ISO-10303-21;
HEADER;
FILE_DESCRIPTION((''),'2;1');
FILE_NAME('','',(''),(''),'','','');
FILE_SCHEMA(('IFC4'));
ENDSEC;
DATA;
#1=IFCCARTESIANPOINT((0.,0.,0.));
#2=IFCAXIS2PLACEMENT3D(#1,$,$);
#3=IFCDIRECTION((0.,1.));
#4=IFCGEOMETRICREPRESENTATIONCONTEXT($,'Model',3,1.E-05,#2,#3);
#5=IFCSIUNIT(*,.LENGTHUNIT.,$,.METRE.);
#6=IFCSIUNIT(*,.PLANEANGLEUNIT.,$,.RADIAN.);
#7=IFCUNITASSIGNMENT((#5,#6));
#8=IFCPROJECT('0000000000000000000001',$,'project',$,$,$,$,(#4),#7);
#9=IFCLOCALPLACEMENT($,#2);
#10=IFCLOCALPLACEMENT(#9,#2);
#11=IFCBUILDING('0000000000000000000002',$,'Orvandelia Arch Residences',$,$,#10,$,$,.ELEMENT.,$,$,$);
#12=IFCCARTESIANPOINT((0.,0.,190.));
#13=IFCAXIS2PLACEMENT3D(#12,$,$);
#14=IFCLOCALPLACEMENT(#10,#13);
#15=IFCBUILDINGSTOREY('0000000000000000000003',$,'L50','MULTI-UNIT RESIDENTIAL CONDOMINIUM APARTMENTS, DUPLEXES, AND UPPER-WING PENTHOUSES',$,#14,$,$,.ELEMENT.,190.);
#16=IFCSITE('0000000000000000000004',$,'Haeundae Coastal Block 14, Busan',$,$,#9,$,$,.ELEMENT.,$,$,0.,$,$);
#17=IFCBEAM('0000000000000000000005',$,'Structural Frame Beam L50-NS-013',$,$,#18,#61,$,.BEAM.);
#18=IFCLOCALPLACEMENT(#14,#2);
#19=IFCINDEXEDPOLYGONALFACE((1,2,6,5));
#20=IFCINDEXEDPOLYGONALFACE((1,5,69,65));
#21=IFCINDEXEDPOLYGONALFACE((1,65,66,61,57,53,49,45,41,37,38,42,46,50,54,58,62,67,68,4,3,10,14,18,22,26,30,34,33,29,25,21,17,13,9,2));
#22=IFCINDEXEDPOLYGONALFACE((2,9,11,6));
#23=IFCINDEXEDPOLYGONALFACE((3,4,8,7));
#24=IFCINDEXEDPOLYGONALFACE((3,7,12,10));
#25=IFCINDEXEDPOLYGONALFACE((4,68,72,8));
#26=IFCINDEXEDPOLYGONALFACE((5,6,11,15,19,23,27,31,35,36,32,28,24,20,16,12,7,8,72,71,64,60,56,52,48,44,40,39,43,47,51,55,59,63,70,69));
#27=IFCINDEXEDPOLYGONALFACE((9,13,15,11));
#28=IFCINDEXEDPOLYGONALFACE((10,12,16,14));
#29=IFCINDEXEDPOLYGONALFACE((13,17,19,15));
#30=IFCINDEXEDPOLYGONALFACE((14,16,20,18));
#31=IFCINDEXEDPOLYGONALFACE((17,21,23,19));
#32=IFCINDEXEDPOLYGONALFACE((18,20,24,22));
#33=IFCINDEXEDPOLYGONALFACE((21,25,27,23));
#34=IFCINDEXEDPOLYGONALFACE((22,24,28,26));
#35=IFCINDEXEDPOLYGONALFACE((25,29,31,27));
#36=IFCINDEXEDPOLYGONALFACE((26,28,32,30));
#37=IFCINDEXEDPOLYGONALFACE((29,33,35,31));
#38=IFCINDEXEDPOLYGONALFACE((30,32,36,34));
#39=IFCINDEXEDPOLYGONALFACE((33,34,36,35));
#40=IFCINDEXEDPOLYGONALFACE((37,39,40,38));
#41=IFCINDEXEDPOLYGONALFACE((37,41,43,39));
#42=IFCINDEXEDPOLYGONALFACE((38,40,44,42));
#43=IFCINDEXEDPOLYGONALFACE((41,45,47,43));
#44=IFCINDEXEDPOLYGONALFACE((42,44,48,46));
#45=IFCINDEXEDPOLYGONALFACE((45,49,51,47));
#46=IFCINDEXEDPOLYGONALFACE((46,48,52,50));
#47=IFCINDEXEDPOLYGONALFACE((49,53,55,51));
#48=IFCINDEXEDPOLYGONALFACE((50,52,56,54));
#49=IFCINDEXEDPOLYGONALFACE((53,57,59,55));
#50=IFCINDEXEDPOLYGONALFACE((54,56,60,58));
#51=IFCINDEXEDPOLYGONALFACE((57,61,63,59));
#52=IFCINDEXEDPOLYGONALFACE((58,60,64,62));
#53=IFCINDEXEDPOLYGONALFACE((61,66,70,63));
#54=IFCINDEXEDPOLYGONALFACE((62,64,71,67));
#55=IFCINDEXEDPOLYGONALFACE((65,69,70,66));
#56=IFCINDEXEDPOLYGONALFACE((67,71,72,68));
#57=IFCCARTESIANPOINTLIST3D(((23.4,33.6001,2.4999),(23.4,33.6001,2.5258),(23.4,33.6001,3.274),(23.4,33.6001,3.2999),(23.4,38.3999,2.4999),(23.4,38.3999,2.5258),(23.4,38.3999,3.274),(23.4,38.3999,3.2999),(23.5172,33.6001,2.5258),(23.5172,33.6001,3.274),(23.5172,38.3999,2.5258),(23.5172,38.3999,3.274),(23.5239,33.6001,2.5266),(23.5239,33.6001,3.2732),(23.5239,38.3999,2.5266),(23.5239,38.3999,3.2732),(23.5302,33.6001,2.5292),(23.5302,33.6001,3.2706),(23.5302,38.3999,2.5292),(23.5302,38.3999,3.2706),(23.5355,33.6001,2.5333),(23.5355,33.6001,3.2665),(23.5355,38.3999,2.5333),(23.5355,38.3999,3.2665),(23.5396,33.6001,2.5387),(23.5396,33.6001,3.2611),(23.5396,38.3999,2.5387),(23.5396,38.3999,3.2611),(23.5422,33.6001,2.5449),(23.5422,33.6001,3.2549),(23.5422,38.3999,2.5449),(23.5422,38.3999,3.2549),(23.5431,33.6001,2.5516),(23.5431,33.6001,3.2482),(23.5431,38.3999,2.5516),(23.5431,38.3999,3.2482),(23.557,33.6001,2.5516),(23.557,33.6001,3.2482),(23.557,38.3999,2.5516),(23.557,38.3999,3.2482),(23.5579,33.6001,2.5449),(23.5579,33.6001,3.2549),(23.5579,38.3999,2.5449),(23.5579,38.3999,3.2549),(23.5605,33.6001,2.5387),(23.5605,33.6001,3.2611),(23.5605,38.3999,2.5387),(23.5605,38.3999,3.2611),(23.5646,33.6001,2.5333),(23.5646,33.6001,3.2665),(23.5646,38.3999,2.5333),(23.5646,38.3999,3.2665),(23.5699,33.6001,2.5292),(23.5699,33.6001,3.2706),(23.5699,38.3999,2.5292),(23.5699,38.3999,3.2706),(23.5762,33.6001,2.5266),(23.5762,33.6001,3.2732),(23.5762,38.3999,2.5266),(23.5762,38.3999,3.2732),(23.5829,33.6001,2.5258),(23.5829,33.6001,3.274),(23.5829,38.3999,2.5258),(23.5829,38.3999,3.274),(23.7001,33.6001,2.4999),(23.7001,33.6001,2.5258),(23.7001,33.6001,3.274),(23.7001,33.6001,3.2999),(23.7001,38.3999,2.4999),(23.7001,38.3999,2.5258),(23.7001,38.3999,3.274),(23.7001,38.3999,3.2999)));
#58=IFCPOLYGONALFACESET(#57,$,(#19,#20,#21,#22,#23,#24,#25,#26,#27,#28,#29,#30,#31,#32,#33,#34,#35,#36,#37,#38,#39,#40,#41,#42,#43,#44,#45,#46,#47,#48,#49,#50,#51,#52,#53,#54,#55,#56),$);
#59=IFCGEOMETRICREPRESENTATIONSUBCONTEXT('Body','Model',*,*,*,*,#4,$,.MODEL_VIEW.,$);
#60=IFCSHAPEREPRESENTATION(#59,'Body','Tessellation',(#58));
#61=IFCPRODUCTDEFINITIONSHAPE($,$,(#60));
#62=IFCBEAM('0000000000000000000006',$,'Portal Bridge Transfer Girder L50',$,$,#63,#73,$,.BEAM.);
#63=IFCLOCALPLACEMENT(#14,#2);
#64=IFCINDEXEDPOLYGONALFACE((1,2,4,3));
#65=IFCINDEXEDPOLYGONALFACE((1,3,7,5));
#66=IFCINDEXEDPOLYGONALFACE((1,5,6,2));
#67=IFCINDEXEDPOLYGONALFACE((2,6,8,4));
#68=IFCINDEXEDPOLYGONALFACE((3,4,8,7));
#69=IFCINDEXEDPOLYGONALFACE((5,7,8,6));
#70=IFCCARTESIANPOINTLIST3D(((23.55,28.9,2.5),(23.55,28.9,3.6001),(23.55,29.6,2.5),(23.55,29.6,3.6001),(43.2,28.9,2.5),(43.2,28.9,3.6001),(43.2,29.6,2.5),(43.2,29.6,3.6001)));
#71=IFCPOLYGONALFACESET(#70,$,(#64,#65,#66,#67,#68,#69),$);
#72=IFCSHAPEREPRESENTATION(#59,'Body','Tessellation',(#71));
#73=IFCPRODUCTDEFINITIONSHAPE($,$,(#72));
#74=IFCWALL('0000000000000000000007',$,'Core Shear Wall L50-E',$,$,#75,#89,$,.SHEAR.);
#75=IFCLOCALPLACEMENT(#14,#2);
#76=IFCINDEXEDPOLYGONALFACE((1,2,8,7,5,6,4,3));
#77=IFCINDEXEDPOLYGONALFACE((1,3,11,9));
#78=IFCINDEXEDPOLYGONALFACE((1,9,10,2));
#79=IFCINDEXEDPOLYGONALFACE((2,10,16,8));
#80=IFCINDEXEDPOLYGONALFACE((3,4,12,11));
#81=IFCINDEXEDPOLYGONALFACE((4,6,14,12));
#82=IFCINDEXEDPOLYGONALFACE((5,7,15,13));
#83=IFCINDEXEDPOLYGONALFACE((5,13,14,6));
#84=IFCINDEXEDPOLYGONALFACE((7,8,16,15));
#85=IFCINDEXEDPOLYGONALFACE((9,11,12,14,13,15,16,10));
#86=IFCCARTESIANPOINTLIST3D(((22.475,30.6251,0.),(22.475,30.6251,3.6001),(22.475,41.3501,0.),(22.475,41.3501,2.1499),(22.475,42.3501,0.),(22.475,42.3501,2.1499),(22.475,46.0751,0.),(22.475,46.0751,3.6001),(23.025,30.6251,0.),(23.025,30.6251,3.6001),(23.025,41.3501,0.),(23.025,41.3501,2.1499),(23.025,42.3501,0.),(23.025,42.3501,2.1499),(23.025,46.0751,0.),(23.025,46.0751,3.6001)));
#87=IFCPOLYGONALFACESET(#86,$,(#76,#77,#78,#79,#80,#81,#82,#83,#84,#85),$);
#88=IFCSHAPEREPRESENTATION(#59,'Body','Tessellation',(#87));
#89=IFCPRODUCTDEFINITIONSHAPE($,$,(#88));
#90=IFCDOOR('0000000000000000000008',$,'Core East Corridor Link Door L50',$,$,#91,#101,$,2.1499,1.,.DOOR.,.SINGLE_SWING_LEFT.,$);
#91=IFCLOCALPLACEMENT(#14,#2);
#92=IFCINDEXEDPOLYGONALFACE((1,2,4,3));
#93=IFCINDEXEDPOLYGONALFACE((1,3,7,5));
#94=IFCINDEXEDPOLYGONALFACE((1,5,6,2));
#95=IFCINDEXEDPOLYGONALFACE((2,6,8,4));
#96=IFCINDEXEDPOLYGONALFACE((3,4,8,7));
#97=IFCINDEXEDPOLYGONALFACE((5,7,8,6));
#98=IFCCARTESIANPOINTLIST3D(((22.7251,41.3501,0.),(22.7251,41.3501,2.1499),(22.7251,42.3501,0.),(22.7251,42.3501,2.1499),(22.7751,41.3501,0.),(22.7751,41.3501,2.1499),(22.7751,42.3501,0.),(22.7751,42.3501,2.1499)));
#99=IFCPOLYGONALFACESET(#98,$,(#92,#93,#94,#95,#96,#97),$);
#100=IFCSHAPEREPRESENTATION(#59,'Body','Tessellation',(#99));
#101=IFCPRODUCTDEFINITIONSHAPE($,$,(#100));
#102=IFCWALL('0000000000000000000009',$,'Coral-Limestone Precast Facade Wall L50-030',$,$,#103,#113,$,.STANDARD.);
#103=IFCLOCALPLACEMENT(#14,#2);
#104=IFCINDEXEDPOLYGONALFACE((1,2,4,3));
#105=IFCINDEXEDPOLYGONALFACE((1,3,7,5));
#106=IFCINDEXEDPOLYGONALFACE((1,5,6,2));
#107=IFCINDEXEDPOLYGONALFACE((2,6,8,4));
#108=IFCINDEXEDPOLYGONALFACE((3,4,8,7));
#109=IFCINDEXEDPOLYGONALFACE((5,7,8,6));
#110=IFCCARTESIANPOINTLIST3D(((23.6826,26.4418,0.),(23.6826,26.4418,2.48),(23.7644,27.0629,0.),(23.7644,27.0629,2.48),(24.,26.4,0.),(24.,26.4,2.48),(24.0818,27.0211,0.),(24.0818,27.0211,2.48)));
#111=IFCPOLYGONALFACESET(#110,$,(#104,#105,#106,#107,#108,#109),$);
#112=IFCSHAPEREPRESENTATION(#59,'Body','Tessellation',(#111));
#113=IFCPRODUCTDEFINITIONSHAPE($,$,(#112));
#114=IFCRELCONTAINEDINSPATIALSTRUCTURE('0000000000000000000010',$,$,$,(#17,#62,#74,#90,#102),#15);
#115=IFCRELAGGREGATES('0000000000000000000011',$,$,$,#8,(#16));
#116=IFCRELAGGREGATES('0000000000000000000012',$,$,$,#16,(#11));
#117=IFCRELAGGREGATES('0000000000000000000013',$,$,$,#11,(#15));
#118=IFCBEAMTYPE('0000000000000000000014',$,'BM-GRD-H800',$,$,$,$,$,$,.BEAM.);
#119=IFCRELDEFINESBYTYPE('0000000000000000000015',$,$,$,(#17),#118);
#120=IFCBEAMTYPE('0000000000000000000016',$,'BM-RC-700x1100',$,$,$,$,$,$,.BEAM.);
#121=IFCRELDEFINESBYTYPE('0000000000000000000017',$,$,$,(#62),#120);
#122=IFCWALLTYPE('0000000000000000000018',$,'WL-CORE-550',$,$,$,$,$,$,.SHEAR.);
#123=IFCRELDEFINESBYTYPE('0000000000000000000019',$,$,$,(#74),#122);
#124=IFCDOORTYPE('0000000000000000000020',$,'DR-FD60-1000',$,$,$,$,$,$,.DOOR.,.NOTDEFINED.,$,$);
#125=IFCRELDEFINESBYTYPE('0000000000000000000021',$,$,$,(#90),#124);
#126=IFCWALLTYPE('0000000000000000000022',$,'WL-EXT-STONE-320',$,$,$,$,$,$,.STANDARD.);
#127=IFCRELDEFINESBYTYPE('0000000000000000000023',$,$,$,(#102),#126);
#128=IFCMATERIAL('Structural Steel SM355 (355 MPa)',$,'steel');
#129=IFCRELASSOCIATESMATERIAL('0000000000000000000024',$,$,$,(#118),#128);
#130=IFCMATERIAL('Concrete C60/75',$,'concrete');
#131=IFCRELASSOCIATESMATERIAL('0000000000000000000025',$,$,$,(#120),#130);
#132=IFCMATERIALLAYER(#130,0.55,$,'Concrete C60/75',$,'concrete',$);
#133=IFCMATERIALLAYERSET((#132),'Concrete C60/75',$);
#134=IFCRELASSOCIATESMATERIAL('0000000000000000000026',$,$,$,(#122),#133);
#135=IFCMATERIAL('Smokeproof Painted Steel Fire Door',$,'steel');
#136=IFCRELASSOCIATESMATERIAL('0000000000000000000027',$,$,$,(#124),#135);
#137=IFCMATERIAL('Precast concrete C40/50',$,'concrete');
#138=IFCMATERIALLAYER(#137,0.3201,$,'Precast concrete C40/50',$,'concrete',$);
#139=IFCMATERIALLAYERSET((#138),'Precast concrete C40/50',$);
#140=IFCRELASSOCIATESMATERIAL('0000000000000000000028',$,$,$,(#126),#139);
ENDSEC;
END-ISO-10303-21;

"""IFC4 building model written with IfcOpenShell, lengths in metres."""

from ifc_helpers import new_model, si_unit, direction, frame, frame_2d, origin, origin_2d, place, context, subcontext, project, spatial, rectangle, i_section, extrude, material, layer, layer_set, material_profile, profile_set, type_object, element, fill, save


model = new_model("IFC4")

# Units and contexts
model_context = context("Model", 3, precision=1e-05, world=origin(), true_north=direction((0.0, 1.0)))
body_context = subcontext(model_context, "Body", "Model", "MODEL_VIEW")
ifc_project = project(units=[si_unit("LENGTHUNIT", "METRE"), si_unit("PLANEANGLEUNIT", "RADIAN")], contexts=[model_context])

# Site, building, storey
site_placement = place(None, origin())
site = spatial("IfcSite", under=ifc_project, at=site_placement, Name="Haeundae Coastal Block 14, Busan", CompositionType="ELEMENT", RefElevation=0.0)
building_placement = place(site_placement, origin())
building = spatial("IfcBuilding", under=site, at=building_placement, Name="Orvandelia Arch Residences", CompositionType="ELEMENT")
storey_placement = place(building_placement, frame((0.0, 0.0, 190.0)))
storey = spatial("IfcBuildingStorey", under=building, at=storey_placement, Name="L50", Description="MULTI-UNIT RESIDENTIAL CONDOMINIUM APARTMENTS, DUPLEXES, AND UPPER-WING PENTHOUSES", CompositionType="ELEMENT", Elevation=190.0)

# Shared definitions
ifc_material_1 = material(Name="Concrete C60/75", Category="concrete")

# Beams
ifc_material_2 = material(Name="Structural Steel SM355 (355 MPa)", Category="steel")
ifc_material_profile_1 = material_profile(ifc_material_2, i_section(OverallWidth=0.3, OverallDepth=0.8, WebThickness=0.0139, FlangeThickness=0.0259, FilletRadius=0.0259, at=origin_2d()), Name="Structural Steel SM355 (355 MPa)", Category="steel")
ifc_profile_set_1 = profile_set([ifc_material_profile_1], Name="Structural Steel SM355 (355 MPa)")
beam_type_1 = type_object("IfcBeamType", Name="BM-GRD-H800", PredefinedType="BEAM", material=ifc_profile_set_1)
beam_1_placement = place(storey_placement, frame((23.55, 33.6001, 2.8999), z_axis=(0.0, 1.0, 0.0), x_axis=(-1.0, 0.0, 0.0)))
element("IfcBeam", 1, at=beam_1_placement, inside=storey, type_object=beam_type_1, Name="Structural Frame Beam L50-NS-013", PredefinedType="BEAM", context=body_context, shape_type="SweptSolid", body=[
    extrude(i_section(OverallWidth=0.3, OverallDepth=0.8, WebThickness=0.0139, FlangeThickness=0.0259, FilletRadius=0.0259, at=origin_2d()), origin(), (0.0, 0.0, 1.0), 4.7998),
])
ifc_material_profile_2 = material_profile(ifc_material_1, rectangle(XDim=0.7, YDim=1.1001, at=origin_2d()), Name="Concrete C60/75", Category="concrete")
ifc_profile_set_2 = profile_set([ifc_material_profile_2], Name="Concrete C60/75")
beam_type_2 = type_object("IfcBeamType", Name="BM-RC-700x1100", PredefinedType="BEAM", material=ifc_profile_set_2)
beam_2_placement = place(storey_placement, frame((23.55, 29.25, 3.05), z_axis=(1.0, 0.0, 0.0), x_axis=(0.0, 1.0, 0.0)))
element("IfcBeam", 2, at=beam_2_placement, inside=storey, type_object=beam_type_2, Name="Portal Bridge Transfer Girder L50", PredefinedType="BEAM", context=body_context, shape_type="SweptSolid", body=[
    extrude(rectangle(XDim=0.7, YDim=1.1001, at=origin_2d()), origin(), (0.0, 0.0, 1.0), 19.6499),
])

# Wall, opening, door
ifc_layer_1 = layer(ifc_material_1, 0.55, Name="Concrete C60/75", Category="concrete")
ifc_layer_set_1 = layer_set([ifc_layer_1], Name="Concrete C60/75")
wall_type_1 = type_object("IfcWallType", Name="WL-CORE-550", PredefinedType="SHEAR", material=ifc_layer_set_1)
wall_1_placement = place(storey_placement, frame((22.75, 30.625, 0.0), z_axis=(0.0, 0.0, 1.0), x_axis=(0.0, 1.0, 0.0)))
wall_1 = element("IfcWall", 3, at=wall_1_placement, inside=storey, type_object=wall_type_1, Name="Core Shear Wall L50-E", PredefinedType="SHEAR", context=body_context, shape_type="SweptSolid", body=[
    extrude(rectangle(XDim=15.45, YDim=0.55, at=frame_2d((7.7251, 0.0))), origin(), (0.0, 0.0, 1.0), 3.6001),
])
opening_1_placement = place(wall_1_placement, frame((10.7251, 0.0, 0.0)))
opening_1 = element("IfcOpeningElement", 4, at=opening_1_placement, cuts=wall_1, PredefinedType="OPENING", context=body_context, shape_type="SweptSolid", body=[
    extrude(rectangle(XDim=1.0, YDim=2.1499, at=frame_2d((0.5, 1.075))), frame((0.0, 0.2852, 0.0), z_axis=(0.0, -1.0, 0.0), x_axis=(1.0, 0.0, 0.0)), (0.0, 0.0, 1.0), 0.5701),
])
ifc_material_3 = material(Name="Smokeproof Painted Steel Fire Door", Category="steel")
door_type = type_object("IfcDoorType", Name="DR-FD60-1000", OperationType="NOTDEFINED", PredefinedType="DOOR", material=ifc_material_3)
door_placement = place(opening_1_placement, origin())
door = element("IfcDoor", 5, at=door_placement, inside=storey, type_object=door_type, Name="Core East Corridor Link Door L50", OperationType="SINGLE_SWING_LEFT", OverallHeight=2.1499, OverallWidth=1.0, PredefinedType="DOOR", context=body_context, shape_type="SweptSolid", body=[
    extrude(rectangle(XDim=1.0, YDim=2.1499, at=frame_2d((0.5, 1.075))), frame((0.0, 0.0249, 0.0), z_axis=(0.0, -1.0, 0.0), x_axis=(1.0, 0.0, 0.0)), (0.0, 0.0, 1.0), 0.05),
])
fill(opening_1, door)

# Wall
ifc_material_4 = material(Name="Precast concrete C40/50", Category="concrete")
ifc_layer_2 = layer(ifc_material_4, 0.3201, Name="Precast concrete C40/50", Category="concrete")
ifc_layer_set_2 = layer_set([ifc_layer_2], Name="Precast concrete C40/50")
wall_type_2 = type_object("IfcWallType", Name="WL-EXT-STONE-320", PredefinedType="STANDARD", material=ifc_layer_set_2)
wall_2_placement = place(storey_placement, frame((23.9231, 27.042, 0.0), z_axis=(0.0, 0.0, 1.0), x_axis=(-0.130555, -0.991441, 0.0)))
element("IfcWall", 6, at=wall_2_placement, inside=storey, type_object=wall_type_2, Name="Coral-Limestone Precast Facade Wall L50-030", PredefinedType="STANDARD", context=body_context, shape_type="SweptSolid", body=[
    extrude(rectangle(XDim=0.6265, YDim=0.3201, at=frame_2d((0.3132, 0.0))), origin(), (0.0, 0.0, 1.0), 2.48),
])

save(model, "model.ifc")
